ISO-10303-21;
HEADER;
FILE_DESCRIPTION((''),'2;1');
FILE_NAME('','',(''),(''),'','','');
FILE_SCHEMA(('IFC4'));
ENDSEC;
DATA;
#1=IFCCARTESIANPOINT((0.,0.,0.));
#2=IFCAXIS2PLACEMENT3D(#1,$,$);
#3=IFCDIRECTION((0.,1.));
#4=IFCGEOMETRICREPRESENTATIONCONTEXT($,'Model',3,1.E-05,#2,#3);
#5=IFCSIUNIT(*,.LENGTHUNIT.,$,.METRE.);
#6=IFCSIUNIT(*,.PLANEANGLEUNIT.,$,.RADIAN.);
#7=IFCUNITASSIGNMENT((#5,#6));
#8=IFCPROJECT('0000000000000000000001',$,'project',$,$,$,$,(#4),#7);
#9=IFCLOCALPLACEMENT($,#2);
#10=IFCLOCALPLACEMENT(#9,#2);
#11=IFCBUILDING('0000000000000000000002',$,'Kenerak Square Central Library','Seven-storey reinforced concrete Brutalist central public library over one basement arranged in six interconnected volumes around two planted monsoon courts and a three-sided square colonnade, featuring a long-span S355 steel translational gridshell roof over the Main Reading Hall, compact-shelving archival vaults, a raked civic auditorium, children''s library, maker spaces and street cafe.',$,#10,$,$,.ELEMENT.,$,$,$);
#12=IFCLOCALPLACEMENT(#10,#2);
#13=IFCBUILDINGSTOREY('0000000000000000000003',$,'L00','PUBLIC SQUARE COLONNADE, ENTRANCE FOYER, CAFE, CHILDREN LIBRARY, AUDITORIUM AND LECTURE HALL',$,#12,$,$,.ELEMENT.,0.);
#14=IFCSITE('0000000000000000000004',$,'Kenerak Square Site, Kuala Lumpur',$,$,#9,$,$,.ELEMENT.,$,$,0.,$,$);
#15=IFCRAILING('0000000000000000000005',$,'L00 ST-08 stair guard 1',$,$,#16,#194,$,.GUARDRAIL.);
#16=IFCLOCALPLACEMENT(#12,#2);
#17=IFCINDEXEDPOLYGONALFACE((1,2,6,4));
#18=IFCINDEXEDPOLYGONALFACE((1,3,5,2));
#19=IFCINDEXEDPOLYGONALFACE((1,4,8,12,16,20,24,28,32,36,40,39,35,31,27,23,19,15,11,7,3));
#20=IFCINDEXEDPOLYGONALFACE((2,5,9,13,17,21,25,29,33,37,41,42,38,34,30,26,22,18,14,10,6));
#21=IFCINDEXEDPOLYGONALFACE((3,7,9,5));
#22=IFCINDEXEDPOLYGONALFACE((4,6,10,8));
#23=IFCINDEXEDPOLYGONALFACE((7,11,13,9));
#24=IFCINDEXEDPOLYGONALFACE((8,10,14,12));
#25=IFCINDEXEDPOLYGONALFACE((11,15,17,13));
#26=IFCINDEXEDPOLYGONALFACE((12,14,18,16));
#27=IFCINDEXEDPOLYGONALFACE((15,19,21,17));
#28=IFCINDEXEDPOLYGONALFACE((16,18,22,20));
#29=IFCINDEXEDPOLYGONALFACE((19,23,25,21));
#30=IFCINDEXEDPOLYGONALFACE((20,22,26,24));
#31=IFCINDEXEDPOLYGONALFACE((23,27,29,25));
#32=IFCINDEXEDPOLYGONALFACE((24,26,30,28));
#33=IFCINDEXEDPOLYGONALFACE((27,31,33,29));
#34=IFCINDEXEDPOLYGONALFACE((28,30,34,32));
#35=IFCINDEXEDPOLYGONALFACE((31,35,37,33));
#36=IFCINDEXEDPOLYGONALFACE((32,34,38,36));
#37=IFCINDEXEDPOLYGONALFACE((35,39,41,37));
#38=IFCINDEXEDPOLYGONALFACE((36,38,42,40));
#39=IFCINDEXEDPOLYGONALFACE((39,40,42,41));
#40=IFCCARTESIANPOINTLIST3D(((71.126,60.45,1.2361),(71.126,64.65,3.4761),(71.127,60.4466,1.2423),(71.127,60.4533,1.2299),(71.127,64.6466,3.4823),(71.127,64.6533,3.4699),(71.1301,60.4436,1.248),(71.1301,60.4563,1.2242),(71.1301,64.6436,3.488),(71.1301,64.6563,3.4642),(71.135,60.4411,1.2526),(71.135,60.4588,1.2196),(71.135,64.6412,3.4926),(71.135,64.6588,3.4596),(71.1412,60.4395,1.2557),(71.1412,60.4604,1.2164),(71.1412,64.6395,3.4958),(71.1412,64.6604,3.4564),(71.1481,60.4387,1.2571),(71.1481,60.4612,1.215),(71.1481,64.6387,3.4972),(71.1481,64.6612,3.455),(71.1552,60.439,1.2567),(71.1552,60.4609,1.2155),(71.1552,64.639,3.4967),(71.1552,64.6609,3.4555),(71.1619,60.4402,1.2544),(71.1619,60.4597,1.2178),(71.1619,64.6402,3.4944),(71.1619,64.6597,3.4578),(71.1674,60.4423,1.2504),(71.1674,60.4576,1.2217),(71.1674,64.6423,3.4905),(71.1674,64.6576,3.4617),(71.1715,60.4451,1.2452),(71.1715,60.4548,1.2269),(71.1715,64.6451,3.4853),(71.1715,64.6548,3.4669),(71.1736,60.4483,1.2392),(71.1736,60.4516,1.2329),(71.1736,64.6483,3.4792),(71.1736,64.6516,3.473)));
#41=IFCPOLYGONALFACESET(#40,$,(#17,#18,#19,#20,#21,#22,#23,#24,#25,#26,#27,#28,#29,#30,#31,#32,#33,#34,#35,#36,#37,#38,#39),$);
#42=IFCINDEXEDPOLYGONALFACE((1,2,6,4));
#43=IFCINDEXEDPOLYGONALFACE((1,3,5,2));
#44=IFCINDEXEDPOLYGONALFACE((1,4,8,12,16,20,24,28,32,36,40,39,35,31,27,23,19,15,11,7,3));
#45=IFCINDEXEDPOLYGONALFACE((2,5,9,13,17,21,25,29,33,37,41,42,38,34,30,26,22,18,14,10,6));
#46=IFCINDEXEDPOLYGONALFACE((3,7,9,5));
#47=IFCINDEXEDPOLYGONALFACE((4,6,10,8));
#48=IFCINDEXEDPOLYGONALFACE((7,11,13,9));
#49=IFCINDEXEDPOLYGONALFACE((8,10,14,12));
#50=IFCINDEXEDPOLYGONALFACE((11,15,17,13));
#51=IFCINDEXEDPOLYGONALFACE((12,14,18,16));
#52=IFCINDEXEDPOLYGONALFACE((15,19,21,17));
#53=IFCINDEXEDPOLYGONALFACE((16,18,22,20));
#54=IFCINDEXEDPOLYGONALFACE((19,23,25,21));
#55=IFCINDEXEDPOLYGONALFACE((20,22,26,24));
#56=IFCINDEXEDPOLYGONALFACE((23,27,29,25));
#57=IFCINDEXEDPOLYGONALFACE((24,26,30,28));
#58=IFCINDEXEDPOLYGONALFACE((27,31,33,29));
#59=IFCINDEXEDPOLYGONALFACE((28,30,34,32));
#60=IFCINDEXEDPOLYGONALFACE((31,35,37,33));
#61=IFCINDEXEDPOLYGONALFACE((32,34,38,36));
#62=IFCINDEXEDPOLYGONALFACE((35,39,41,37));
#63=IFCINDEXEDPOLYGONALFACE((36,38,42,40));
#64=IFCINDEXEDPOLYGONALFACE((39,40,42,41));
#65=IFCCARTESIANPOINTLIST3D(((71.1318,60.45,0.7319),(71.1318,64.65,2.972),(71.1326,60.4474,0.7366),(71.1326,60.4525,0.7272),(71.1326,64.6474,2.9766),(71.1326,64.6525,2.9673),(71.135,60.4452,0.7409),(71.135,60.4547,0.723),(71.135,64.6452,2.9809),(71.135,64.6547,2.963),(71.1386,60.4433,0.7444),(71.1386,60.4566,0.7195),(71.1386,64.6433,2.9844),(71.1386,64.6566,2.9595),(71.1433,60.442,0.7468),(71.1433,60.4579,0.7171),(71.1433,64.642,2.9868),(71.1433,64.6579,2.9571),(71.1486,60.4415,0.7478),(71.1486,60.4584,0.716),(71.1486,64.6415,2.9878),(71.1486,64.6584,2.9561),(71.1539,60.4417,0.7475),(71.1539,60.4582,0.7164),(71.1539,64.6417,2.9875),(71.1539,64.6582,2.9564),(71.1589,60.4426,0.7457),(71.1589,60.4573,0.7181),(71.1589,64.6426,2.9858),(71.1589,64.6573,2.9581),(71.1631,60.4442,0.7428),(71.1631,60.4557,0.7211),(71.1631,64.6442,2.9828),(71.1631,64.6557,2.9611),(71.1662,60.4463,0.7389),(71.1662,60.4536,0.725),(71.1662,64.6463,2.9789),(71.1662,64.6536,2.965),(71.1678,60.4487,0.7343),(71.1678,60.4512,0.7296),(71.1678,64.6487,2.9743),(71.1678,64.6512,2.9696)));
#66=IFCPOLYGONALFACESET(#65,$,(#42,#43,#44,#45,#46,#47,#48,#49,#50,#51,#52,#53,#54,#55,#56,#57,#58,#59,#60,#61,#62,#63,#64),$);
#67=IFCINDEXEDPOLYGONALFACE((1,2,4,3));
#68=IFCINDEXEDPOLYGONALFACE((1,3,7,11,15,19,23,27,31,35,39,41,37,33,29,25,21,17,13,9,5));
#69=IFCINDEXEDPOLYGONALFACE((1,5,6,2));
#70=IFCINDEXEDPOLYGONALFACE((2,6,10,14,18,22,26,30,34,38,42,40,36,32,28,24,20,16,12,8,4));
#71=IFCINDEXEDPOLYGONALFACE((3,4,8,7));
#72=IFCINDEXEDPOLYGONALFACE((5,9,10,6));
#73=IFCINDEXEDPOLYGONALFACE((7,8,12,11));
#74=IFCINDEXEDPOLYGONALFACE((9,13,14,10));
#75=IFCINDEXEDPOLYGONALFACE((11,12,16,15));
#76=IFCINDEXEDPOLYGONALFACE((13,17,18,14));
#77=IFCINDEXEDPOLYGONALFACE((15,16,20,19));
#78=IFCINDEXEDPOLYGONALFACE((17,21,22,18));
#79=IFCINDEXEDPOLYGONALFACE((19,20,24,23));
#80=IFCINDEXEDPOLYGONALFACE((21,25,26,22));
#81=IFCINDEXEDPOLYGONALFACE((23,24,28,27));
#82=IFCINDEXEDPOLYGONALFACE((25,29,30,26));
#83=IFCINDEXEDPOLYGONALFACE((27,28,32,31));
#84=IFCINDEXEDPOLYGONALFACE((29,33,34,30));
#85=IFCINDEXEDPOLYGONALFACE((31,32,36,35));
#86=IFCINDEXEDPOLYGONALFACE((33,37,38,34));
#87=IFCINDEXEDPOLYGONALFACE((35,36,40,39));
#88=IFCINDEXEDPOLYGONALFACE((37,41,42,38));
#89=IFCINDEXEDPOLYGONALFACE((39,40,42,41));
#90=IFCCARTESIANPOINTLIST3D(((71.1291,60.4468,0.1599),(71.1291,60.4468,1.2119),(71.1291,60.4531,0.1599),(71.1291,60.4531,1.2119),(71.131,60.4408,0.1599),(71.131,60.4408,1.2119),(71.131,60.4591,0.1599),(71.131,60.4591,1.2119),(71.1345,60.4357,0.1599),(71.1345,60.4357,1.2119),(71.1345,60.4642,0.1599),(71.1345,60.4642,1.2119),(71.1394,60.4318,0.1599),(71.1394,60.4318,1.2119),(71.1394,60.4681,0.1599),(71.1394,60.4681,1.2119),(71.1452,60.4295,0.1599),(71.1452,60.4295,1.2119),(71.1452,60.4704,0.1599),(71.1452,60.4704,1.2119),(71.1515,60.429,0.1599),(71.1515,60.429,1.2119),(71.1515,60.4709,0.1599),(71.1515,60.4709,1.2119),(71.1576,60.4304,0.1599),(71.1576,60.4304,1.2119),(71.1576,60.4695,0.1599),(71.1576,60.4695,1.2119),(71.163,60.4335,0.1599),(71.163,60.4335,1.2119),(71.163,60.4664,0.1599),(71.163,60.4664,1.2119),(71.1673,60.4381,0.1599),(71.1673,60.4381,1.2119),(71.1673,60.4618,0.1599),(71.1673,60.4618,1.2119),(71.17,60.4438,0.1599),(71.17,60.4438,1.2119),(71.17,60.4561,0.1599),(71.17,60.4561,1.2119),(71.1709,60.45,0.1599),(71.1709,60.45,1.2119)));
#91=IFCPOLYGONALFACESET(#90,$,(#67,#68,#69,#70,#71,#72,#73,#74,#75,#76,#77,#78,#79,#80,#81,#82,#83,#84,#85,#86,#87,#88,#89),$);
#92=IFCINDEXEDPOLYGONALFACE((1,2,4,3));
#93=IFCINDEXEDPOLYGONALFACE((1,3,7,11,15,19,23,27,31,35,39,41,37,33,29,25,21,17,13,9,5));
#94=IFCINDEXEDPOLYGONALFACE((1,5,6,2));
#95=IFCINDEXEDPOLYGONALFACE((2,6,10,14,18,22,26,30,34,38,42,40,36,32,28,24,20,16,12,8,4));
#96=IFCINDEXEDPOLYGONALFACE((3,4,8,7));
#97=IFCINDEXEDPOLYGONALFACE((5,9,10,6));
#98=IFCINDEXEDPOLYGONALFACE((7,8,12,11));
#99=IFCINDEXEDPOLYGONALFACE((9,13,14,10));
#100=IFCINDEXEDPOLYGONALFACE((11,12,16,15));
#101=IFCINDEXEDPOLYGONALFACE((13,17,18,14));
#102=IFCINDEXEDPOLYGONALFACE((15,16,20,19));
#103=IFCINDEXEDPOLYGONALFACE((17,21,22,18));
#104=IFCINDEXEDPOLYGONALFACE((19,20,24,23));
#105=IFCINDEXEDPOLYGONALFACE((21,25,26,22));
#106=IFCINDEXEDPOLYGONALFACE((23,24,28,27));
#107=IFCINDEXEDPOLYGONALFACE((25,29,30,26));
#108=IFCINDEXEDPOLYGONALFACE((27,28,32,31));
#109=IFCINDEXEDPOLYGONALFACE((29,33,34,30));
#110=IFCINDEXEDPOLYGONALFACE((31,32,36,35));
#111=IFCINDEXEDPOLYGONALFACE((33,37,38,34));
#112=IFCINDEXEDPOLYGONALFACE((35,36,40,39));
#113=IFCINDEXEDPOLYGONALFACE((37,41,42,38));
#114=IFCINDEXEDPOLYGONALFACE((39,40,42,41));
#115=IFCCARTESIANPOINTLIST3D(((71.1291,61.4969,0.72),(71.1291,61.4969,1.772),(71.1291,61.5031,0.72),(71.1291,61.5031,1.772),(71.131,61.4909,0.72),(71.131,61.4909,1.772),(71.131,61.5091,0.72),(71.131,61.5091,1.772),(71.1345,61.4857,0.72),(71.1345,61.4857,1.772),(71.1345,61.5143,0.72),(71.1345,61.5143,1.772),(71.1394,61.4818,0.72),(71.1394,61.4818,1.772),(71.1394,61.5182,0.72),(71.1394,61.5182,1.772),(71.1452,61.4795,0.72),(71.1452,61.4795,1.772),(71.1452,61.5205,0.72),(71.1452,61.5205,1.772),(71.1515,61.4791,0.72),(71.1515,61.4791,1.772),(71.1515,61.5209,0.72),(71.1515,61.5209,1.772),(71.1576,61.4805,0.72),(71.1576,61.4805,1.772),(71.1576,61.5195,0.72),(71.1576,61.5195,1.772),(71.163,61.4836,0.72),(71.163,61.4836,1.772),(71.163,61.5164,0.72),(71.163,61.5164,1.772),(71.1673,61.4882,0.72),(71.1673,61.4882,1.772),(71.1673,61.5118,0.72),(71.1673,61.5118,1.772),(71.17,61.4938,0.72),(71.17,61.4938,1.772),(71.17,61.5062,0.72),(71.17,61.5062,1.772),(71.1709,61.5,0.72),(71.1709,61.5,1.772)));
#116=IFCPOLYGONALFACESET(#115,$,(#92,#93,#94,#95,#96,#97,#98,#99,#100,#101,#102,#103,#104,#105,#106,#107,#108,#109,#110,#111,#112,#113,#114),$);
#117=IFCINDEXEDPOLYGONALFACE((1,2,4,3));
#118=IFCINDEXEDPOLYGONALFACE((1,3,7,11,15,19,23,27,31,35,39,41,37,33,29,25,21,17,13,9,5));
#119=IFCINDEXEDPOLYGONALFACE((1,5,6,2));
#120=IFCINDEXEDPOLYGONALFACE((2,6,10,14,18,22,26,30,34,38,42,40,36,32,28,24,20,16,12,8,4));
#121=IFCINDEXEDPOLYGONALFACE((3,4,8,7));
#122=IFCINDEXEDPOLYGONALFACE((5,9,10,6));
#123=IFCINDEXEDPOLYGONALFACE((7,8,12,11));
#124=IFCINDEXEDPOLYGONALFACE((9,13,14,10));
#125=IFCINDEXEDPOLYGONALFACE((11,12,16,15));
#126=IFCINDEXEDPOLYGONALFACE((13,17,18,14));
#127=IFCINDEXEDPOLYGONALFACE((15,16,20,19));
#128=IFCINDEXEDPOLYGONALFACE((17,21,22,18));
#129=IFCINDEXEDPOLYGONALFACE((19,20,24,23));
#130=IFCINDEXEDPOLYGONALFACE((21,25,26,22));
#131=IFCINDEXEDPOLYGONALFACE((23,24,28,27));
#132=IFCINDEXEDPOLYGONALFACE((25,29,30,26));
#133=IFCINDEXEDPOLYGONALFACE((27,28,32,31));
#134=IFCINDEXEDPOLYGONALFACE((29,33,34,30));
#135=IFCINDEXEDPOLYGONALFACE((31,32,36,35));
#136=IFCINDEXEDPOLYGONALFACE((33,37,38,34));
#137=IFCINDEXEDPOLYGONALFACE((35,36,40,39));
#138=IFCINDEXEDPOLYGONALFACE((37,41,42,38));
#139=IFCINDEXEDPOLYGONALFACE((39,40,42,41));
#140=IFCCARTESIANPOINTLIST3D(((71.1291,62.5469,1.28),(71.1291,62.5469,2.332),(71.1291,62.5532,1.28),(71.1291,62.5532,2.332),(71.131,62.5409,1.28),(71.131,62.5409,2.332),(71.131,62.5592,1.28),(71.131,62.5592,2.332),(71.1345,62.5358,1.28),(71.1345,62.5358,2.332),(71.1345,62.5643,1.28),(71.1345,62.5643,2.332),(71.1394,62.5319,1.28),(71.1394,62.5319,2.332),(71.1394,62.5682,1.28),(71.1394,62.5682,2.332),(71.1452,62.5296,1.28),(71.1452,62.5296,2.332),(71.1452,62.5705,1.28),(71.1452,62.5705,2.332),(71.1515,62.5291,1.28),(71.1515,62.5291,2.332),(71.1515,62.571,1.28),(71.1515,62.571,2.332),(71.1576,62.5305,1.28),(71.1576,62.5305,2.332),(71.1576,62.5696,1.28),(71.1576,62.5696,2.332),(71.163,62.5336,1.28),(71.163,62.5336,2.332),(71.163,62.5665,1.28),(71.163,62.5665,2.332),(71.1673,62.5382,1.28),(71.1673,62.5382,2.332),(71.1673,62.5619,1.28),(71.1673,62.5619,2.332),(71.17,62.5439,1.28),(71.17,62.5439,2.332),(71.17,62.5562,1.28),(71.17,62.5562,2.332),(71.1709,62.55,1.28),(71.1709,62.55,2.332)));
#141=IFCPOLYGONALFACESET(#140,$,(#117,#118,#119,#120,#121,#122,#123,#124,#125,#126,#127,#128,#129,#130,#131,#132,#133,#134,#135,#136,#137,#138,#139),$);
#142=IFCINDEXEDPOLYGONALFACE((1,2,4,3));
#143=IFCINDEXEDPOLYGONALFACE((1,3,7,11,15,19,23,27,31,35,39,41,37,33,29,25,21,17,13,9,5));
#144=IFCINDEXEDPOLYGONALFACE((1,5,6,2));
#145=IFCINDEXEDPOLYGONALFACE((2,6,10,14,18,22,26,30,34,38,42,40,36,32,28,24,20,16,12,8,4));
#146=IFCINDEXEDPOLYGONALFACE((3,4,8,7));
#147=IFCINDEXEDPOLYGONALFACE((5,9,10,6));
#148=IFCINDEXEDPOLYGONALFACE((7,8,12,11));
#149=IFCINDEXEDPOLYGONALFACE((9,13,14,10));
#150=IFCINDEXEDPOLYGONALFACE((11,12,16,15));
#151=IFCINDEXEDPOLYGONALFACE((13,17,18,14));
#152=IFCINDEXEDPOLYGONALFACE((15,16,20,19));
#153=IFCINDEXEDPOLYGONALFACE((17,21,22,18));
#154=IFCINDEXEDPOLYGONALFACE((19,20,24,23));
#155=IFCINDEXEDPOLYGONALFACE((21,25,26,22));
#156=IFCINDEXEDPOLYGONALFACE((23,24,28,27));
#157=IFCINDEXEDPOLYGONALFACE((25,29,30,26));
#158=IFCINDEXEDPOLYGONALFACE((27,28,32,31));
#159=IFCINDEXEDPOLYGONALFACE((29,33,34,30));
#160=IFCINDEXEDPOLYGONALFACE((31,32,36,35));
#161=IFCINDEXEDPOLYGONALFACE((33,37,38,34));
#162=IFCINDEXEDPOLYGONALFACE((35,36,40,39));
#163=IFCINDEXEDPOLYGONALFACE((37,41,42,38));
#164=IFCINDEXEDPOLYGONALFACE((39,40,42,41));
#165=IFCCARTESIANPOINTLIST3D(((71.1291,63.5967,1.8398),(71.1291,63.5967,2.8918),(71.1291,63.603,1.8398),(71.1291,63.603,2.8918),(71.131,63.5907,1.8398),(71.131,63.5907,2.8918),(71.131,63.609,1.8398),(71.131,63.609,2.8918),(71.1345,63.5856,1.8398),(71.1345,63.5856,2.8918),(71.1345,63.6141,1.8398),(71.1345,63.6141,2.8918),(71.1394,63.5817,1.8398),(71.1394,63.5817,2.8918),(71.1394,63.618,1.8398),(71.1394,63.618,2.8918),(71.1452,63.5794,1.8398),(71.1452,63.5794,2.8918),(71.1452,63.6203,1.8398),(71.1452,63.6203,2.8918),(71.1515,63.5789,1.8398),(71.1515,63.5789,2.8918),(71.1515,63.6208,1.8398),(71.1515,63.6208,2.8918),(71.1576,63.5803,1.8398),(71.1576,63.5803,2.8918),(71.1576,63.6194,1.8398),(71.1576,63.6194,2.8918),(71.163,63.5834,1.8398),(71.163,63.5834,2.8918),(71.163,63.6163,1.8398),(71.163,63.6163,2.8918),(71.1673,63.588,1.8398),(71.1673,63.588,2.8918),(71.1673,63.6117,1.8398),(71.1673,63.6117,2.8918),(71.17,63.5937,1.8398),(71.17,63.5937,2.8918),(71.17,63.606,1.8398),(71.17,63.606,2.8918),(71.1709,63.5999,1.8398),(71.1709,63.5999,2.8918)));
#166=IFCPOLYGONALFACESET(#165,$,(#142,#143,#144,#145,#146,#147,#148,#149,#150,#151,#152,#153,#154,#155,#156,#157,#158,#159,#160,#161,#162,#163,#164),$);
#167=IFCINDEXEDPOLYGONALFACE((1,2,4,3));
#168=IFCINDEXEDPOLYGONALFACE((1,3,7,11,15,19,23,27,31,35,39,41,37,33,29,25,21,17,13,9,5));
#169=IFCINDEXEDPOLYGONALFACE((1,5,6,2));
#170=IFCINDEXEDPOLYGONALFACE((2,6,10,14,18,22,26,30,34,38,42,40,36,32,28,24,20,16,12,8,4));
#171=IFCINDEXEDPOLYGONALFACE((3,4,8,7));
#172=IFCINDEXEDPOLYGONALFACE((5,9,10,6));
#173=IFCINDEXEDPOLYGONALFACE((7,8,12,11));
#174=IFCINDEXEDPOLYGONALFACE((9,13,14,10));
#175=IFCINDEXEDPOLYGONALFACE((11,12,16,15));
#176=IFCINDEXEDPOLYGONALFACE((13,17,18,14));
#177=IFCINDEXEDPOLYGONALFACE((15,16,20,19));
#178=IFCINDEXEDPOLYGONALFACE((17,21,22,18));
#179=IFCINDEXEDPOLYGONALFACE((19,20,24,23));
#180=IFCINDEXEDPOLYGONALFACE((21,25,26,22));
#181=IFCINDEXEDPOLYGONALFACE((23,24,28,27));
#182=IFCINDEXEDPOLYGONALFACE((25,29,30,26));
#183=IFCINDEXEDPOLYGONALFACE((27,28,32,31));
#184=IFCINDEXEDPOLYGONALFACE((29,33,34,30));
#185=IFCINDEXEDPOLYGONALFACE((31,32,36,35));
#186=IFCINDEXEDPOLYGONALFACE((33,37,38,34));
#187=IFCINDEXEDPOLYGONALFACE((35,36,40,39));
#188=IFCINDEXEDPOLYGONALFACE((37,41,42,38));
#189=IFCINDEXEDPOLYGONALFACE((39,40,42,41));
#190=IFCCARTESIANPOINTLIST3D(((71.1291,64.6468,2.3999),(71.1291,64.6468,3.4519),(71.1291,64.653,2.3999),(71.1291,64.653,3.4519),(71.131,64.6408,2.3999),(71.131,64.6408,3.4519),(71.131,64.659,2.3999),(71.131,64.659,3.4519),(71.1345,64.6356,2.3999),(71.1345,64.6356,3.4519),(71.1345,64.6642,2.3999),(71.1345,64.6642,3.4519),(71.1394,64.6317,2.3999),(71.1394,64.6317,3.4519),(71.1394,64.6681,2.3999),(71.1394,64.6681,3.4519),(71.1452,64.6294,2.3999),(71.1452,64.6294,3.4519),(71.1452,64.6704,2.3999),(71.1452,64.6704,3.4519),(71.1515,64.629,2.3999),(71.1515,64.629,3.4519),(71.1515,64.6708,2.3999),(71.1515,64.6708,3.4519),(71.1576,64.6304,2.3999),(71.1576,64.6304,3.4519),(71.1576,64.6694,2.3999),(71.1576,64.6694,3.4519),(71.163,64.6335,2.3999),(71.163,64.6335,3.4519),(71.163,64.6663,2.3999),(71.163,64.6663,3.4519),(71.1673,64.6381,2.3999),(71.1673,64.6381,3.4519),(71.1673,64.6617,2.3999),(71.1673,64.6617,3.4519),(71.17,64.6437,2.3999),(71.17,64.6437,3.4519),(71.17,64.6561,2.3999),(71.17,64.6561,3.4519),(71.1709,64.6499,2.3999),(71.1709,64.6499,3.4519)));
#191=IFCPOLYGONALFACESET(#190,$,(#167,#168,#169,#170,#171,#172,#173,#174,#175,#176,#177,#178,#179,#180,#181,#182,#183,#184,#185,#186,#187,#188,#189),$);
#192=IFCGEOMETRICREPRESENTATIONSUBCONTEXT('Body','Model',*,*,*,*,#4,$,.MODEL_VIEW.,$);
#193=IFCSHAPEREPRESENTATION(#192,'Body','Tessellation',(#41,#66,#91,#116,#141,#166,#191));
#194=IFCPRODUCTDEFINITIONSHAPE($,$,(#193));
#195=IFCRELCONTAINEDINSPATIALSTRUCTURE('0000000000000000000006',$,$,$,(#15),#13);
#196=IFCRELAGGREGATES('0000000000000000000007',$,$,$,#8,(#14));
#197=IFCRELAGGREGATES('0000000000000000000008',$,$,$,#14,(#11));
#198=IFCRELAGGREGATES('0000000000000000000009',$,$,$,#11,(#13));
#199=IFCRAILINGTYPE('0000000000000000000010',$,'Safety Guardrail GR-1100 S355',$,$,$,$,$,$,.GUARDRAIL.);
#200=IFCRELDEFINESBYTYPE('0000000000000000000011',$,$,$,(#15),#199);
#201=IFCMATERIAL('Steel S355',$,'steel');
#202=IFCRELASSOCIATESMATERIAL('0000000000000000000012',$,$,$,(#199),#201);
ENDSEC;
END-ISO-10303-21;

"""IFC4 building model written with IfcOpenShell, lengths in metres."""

from ifc_helpers import new_model, si_unit, direction, frame, origin, origin_2d, place, context, subcontext, project, spatial, circle, extrude, material, type_object, element, save


model = new_model("IFC4")

# Units and contexts
model_context = context("Model", 3, precision=1e-05, world=origin(), true_north=direction((0.0, 1.0)))
body_context = subcontext(model_context, "Body", "Model", "MODEL_VIEW")
ifc_project = project(units=[si_unit("LENGTHUNIT", "METRE"), si_unit("PLANEANGLEUNIT", "RADIAN")], contexts=[model_context])

# Site, building, storey
site_placement = place(None, origin())
site = spatial("IfcSite", under=ifc_project, at=site_placement, Name="Kenerak Square Site, Kuala Lumpur", CompositionType="ELEMENT", RefElevation=0.0)
building_placement = place(site_placement, origin())
building = spatial("IfcBuilding", under=site, at=building_placement, Name="Kenerak Square Central Library", Description="Seven-storey reinforced concrete Brutalist central public library over one basement arranged in six interconnected volumes around two planted monsoon courts and a three-sided square colonnade, featuring a long-span S355 steel translational gridshell roof over the Main Reading Hall, compact-shelving archival vaults, a raked civic auditorium, children's library, maker spaces and street cafe.", CompositionType="ELEMENT")
storey_placement = place(building_placement, origin())
storey = spatial("IfcBuildingStorey", under=building, at=storey_placement, Name="L00", Description="PUBLIC SQUARE COLONNADE, ENTRANCE FOYER, CAFE, CHILDREN LIBRARY, AUDITORIUM AND LECTURE HALL", CompositionType="ELEMENT", Elevation=0.0)

# Shared definitions
ifc_material_1 = material(Name="Steel S355", Category="steel")

# Railing
railing_type_1 = type_object("IfcRailingType", Name="Safety Guardrail GR-1100 S355", PredefinedType="GUARDRAIL", material=ifc_material_1)
railing_1_placement = place(storey_placement, frame((71.1499, 60.45, 0.1599)))
element("IfcRailing", 1, at=railing_1_placement, inside=storey, type_object=railing_type_1, Name="L00 ST-08 stair guard 1", PredefinedType="GUARDRAIL", context=body_context, shape_type="SweptSolid", body=[
    extrude(circle(Radius=0.0239, at=origin_2d()), frame((0.0, 0.0, 1.0762), z_axis=(0.0, 0.882352, 0.470591), x_axis=(-1.0, 0.0, 0.0)), (0.0, 0.0, 1.0), 4.76),
    extrude(circle(Radius=0.0181, at=origin_2d()), frame((0.0, 0.0, 0.572), z_axis=(0.0, 0.882352, 0.470591), x_axis=(-1.0, 0.0, 0.0)), (0.0, 0.0, 1.0), 4.76),
    extrude(circle(Radius=0.021, at=origin_2d()), origin(), (0.0, 0.0, 1.0), 1.052),
    extrude(circle(Radius=0.021, at=origin_2d()), frame((0.0, 1.05, 0.5601)), (0.0, 0.0, 1.0), 1.052),
    extrude(circle(Radius=0.021, at=origin_2d()), frame((0.0, 2.1001, 1.1201)), (0.0, 0.0, 1.0), 1.052),
    extrude(circle(Radius=0.021, at=origin_2d()), frame((0.0, 3.1499, 1.6799)), (0.0, 0.0, 1.0), 1.052),
    extrude(circle(Radius=0.021, at=origin_2d()), frame((0.0, 4.2, 2.24)), (0.0, 0.0, 1.0), 1.052),
])

save(model, "model.ifc")
